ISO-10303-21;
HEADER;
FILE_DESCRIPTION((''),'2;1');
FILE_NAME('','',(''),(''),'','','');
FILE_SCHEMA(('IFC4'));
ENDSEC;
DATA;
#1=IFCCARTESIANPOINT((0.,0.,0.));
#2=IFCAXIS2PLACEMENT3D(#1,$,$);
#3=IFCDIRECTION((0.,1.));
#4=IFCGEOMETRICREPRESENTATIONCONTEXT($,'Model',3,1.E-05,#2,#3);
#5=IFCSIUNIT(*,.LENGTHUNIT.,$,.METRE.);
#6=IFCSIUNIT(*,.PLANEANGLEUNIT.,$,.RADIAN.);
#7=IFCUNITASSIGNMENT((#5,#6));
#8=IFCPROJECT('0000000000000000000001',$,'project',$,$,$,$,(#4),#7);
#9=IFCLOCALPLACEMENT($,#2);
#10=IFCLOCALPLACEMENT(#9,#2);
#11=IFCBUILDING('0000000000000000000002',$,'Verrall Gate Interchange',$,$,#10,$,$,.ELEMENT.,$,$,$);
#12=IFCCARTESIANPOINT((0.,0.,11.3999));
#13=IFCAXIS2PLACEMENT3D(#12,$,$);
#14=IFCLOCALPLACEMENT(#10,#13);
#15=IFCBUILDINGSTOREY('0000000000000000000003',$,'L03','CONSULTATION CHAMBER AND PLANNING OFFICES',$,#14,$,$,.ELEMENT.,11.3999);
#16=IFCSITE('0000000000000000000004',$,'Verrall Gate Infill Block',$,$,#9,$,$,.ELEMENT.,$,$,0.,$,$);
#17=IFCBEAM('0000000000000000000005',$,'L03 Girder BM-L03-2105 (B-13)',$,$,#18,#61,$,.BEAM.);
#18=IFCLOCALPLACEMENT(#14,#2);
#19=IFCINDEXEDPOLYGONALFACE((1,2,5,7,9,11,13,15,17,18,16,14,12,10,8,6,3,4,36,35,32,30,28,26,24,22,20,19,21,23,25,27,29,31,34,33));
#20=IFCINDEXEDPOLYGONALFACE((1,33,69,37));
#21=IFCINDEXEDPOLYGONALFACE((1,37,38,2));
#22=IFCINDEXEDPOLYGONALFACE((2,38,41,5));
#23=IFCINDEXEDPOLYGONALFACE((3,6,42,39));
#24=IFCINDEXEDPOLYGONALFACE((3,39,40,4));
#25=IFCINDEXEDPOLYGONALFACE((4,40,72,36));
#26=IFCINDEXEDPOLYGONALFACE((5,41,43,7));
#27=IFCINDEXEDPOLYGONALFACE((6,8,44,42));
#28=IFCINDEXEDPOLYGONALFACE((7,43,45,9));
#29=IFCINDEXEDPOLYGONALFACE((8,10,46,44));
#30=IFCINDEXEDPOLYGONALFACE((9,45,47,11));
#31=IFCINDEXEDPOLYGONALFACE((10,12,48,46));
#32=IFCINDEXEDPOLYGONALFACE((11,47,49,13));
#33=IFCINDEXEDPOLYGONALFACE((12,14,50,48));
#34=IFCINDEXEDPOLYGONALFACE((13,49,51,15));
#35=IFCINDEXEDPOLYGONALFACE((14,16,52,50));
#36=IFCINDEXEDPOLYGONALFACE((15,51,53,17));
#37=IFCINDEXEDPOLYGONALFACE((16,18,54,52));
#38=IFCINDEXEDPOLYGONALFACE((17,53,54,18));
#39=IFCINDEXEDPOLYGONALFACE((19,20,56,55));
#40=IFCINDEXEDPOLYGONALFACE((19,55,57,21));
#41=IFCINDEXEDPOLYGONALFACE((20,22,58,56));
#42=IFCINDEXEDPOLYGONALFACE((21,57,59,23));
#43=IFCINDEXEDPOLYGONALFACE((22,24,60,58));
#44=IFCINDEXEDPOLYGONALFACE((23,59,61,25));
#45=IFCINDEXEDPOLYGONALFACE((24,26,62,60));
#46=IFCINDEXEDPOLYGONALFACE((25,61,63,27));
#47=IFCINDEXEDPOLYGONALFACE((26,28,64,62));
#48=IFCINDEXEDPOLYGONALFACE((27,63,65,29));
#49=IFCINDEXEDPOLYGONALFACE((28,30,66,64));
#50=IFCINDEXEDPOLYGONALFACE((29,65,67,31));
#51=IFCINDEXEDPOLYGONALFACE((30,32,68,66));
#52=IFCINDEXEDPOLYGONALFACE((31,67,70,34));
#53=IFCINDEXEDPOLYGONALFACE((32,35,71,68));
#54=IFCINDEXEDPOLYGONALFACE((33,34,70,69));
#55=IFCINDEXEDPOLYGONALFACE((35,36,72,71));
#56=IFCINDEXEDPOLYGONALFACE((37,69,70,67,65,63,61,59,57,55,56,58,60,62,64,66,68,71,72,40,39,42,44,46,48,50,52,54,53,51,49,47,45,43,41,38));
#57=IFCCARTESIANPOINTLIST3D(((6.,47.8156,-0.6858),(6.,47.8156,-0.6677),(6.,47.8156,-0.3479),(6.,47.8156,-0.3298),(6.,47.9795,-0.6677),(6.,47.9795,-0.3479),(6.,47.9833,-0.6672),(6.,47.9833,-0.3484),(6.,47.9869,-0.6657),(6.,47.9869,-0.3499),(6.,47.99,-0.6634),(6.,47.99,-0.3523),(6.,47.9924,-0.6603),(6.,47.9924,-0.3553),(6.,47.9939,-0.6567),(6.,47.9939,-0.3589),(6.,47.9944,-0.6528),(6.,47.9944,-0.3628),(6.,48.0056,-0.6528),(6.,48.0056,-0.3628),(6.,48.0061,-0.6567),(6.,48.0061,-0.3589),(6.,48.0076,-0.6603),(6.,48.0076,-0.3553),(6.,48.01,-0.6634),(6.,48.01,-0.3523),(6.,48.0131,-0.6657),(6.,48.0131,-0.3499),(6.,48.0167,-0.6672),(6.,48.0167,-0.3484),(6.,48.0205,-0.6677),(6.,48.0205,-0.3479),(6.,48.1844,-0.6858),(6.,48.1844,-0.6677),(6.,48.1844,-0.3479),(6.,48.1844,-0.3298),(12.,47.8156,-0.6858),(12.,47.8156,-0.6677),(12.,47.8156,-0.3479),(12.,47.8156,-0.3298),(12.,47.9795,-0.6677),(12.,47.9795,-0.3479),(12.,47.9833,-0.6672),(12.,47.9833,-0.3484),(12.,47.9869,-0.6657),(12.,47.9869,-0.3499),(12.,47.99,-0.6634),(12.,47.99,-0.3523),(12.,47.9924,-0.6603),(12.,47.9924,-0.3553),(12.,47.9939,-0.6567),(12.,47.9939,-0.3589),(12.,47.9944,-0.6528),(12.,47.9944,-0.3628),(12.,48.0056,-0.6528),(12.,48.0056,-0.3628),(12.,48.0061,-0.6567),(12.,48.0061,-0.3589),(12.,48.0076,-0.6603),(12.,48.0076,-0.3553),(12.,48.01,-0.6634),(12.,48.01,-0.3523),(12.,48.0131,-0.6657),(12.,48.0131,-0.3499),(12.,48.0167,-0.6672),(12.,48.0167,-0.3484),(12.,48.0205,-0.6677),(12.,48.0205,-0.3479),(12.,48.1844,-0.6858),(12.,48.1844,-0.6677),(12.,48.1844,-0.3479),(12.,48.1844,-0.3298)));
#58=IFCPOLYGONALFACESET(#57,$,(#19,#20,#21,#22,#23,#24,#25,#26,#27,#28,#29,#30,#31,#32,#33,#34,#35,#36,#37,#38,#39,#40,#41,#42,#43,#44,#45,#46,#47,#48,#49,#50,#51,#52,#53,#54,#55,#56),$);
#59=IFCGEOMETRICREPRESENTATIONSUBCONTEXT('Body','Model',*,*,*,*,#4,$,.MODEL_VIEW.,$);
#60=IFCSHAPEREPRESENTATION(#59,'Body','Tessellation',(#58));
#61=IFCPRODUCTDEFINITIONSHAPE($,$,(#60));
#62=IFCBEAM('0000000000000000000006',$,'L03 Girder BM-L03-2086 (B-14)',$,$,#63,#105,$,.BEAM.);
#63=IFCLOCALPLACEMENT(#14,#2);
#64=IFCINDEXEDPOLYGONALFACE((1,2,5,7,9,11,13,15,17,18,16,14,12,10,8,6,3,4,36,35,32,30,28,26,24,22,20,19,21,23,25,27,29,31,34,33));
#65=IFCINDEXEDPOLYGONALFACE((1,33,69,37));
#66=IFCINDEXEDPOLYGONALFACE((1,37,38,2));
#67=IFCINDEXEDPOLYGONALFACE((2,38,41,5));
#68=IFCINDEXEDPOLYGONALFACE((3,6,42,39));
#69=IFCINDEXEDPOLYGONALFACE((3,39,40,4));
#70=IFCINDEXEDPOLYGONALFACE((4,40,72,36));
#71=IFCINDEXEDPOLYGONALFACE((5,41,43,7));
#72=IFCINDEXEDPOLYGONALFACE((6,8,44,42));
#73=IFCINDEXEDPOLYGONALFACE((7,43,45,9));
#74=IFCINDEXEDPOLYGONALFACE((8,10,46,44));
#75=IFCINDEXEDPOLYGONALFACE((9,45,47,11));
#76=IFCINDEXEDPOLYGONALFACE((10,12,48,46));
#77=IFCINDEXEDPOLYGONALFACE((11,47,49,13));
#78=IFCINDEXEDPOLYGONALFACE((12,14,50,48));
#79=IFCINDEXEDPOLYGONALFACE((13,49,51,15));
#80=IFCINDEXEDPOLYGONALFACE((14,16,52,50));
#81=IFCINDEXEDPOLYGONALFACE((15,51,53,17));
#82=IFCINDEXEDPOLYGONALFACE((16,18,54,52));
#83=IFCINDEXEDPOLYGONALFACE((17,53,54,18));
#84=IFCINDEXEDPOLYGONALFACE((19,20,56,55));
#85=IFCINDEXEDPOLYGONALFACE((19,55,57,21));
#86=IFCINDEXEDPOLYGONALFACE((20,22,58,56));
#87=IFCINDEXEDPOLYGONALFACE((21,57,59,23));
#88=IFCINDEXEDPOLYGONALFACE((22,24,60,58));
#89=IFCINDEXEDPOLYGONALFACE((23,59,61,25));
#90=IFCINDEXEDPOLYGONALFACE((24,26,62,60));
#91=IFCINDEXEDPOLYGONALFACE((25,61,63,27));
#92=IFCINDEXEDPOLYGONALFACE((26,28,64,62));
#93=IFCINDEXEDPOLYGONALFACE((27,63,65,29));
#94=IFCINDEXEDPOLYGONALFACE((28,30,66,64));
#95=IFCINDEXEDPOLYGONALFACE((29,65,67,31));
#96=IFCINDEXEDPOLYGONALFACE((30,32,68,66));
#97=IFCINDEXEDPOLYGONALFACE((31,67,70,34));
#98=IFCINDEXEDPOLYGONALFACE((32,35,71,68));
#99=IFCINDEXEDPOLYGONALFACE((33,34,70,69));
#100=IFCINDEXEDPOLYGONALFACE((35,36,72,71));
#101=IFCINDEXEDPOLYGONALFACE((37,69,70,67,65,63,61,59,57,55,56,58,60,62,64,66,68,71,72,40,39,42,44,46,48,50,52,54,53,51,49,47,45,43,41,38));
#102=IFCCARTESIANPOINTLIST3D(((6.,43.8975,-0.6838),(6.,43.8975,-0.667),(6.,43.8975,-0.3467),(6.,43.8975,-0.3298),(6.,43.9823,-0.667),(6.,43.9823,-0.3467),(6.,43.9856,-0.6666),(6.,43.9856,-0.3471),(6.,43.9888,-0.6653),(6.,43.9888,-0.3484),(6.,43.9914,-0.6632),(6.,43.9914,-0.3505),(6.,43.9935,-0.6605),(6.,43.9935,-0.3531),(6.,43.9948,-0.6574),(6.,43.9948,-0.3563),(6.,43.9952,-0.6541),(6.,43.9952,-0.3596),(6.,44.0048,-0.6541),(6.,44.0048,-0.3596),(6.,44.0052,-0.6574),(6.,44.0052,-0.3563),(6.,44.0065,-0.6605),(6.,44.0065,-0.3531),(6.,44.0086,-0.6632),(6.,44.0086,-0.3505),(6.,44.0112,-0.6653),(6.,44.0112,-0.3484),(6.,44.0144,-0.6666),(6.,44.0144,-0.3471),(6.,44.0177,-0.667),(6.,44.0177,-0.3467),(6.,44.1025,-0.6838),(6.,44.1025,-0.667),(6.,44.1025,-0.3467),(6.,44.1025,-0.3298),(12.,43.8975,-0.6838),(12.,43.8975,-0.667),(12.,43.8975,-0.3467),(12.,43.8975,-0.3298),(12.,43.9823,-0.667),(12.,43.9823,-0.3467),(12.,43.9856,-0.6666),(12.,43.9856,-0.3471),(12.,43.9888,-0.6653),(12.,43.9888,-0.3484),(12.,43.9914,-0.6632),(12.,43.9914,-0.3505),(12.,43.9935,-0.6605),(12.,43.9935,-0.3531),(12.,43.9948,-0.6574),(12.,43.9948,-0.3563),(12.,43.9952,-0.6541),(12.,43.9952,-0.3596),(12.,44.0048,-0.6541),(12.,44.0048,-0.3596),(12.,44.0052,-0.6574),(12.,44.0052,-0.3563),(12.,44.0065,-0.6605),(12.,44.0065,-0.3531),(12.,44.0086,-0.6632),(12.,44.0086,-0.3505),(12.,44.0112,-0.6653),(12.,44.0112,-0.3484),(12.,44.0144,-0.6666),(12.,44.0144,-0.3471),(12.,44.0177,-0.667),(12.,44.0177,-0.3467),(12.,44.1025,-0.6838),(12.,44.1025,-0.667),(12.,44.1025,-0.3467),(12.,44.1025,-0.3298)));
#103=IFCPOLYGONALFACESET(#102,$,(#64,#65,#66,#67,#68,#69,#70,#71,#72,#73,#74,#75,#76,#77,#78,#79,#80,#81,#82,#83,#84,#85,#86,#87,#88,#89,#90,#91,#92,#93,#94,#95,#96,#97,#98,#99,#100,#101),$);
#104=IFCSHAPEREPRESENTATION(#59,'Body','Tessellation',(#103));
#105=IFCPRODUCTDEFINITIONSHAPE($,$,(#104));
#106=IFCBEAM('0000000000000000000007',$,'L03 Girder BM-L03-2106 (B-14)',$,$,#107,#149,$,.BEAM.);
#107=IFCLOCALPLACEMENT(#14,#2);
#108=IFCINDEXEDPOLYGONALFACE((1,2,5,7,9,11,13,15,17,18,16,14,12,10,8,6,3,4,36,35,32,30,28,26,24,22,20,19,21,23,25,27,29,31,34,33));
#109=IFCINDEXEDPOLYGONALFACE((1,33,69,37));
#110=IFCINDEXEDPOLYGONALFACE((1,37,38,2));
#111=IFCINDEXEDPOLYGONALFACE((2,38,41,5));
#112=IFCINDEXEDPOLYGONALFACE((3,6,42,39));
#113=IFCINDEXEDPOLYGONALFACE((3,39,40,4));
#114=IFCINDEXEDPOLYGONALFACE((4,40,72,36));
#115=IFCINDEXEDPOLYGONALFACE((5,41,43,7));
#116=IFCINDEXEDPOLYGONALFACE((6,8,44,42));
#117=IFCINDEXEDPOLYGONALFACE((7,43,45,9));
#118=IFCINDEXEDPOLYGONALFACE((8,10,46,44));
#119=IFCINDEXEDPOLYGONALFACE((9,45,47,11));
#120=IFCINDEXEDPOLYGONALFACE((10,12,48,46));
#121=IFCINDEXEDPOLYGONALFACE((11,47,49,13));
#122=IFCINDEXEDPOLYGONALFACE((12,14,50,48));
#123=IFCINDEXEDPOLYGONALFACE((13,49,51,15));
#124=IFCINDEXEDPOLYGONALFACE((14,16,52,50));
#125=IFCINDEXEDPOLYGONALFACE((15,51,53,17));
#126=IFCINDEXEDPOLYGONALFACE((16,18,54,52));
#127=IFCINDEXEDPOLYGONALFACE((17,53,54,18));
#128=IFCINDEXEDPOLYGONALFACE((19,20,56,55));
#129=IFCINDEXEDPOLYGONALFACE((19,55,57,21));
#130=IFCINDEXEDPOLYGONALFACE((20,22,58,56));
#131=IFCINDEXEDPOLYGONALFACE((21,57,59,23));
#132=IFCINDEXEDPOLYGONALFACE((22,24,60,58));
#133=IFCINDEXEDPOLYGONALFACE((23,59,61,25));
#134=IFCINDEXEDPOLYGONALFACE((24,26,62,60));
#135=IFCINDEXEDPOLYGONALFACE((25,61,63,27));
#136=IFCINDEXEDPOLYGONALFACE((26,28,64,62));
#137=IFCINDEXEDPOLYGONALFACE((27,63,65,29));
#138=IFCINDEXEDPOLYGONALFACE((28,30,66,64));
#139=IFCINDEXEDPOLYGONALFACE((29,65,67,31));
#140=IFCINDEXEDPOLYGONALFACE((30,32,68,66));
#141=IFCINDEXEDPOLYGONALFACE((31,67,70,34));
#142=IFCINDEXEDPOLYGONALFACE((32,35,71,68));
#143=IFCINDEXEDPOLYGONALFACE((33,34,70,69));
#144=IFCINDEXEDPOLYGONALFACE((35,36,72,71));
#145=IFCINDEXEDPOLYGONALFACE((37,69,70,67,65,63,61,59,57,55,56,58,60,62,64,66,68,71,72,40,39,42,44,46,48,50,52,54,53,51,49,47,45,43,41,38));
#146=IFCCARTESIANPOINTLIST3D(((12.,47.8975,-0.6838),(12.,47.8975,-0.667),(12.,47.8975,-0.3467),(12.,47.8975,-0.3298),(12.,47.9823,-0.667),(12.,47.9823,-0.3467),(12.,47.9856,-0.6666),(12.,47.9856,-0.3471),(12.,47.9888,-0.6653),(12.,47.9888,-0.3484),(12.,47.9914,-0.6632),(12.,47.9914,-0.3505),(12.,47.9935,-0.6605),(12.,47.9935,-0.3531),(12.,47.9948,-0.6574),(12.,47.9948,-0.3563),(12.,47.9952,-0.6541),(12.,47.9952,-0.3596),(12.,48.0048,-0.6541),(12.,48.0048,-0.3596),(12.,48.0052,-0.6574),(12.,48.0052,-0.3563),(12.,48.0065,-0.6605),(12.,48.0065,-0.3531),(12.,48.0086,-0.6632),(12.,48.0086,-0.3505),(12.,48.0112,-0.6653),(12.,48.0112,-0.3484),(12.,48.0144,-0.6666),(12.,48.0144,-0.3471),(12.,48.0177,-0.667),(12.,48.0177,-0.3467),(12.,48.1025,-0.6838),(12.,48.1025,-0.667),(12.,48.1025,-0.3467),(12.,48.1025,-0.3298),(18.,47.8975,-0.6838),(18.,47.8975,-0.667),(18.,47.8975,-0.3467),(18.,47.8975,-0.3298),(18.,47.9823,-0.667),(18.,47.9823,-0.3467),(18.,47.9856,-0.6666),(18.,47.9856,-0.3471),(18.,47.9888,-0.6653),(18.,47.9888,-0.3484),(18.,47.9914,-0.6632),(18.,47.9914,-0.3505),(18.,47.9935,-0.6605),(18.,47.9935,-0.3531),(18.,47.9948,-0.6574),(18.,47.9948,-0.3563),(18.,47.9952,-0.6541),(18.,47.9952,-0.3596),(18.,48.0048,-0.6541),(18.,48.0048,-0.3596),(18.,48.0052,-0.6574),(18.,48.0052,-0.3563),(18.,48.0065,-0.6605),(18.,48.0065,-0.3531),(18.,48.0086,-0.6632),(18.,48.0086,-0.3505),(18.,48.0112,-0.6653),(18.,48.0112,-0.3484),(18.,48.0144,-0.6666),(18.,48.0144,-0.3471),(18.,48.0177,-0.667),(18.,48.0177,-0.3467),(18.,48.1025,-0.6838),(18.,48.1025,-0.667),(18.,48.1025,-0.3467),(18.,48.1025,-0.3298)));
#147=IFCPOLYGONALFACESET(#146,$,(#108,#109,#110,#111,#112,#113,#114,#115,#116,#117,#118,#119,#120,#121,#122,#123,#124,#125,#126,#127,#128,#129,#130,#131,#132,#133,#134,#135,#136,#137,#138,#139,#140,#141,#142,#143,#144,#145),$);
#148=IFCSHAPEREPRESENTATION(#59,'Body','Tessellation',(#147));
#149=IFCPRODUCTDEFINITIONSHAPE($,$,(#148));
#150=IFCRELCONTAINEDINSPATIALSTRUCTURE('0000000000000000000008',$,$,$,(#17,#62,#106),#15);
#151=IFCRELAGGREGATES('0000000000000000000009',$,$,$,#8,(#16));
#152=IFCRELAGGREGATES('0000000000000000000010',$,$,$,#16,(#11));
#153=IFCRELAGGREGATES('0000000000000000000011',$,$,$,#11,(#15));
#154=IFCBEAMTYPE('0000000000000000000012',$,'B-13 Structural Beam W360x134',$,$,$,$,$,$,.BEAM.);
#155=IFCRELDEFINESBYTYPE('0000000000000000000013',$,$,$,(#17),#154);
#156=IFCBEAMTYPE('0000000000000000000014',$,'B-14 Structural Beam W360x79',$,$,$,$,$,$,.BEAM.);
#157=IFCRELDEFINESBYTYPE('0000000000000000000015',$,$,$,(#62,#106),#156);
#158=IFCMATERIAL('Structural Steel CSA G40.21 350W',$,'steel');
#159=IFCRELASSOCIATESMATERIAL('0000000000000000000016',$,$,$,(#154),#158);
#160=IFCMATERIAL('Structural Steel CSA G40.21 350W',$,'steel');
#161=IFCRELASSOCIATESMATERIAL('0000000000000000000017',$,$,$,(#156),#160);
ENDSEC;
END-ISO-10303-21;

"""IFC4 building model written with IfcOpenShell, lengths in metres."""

from ifc_helpers import new_model, si_unit, direction, frame, origin, origin_2d, place, context, subcontext, project, spatial, i_section, extrude, material, material_profile, profile_set, type_object, element, save


model = new_model("IFC4")

# Units and contexts
model_context = context("Model", 3, precision=1e-05, world=origin(), true_north=direction((0.0, 1.0)))
body_context = subcontext(model_context, "Body", "Model", "MODEL_VIEW")
ifc_project = project(units=[si_unit("LENGTHUNIT", "METRE"), si_unit("PLANEANGLEUNIT", "RADIAN")], contexts=[model_context])

# Site, building, storey
site_placement = place(None, origin())
site = spatial("IfcSite", under=ifc_project, at=site_placement, Name="Verrall Gate Infill Block", CompositionType="ELEMENT", RefElevation=0.0)
building_placement = place(site_placement, origin())
building = spatial("IfcBuilding", under=site, at=building_placement, Name="Verrall Gate Interchange", CompositionType="ELEMENT")
storey_placement = place(building_placement, frame((0.0, 0.0, 11.3999)))
storey = spatial("IfcBuildingStorey", under=building, at=storey_placement, Name="L03", Description="CONSULTATION CHAMBER AND PLANNING OFFICES", CompositionType="ELEMENT", Elevation=11.3999)

# Beams
ifc_material_1 = material(Name="Structural Steel CSA G40.21 350W", Category="steel")
ifc_material_profile_1 = material_profile(ifc_material_1, i_section(OverallWidth=0.3689, OverallDepth=0.356, WebThickness=0.0112, FlangeThickness=0.0181, FilletRadius=0.0149, at=origin_2d()), Name="W360x134")
ifc_profile_set_1 = profile_set([ifc_material_profile_1], Name="Structural Steel CSA G40.21 350W")
beam_type_1 = type_object("IfcBeamType", Name="B-13 Structural Beam W360x134", PredefinedType="BEAM", material=ifc_profile_set_1)
for number, where, z_axis, x_axis, name in (
    (1, (6.0, 48.0, -0.5078), (1.0, 0.0, 0.0), (0.0, 1.0, 0.0), "L03 Girder BM-L03-2105 (B-13)"),
):
    element("IfcBeam", number, at=place(storey_placement, frame(where, z_axis=z_axis, x_axis=x_axis)), inside=storey, type_object=beam_type_1, Name=name, PredefinedType="BEAM", context=body_context, shape_type="SweptSolid", body=[
        extrude(i_section(OverallWidth=0.3689, OverallDepth=0.356, WebThickness=0.0112, FlangeThickness=0.0181, FilletRadius=0.0149, at=origin_2d()), origin(), (0.0, 0.0, 1.0), 6.0),
    ])
ifc_material_2 = material(Name="Structural Steel CSA G40.21 350W", Category="steel")
ifc_material_profile_2 = material_profile(ifc_material_2, i_section(OverallWidth=0.2051, OverallDepth=0.354, WebThickness=0.0095, FlangeThickness=0.0168, FilletRadius=0.0129, at=origin_2d()), Name="W360x79")
ifc_profile_set_2 = profile_set([ifc_material_profile_2], Name="Structural Steel CSA G40.21 350W")
beam_type_2 = type_object("IfcBeamType", Name="B-14 Structural Beam W360x79", PredefinedType="BEAM", material=ifc_profile_set_2)
for number, where, z_axis, x_axis, name in (
    (2, (6.0, 44.0, -0.5068), (1.0, 0.0, 0.0), (0.0, 1.0, 0.0), "L03 Girder BM-L03-2086 (B-14)"),
    (3, (12.0, 48.0, -0.5068), (1.0, 0.0, 0.0), (0.0, 1.0, 0.0), "L03 Girder BM-L03-2106 (B-14)"),
):
    element("IfcBeam", number, at=place(storey_placement, frame(where, z_axis=z_axis, x_axis=x_axis)), inside=storey, type_object=beam_type_2, Name=name, PredefinedType="BEAM", context=body_context, shape_type="SweptSolid", body=[
        extrude(i_section(OverallWidth=0.2051, OverallDepth=0.354, WebThickness=0.0095, FlangeThickness=0.0168, FilletRadius=0.0129, at=origin_2d()), origin(), (0.0, 0.0, 1.0), 6.0),
    ])

save(model, "model.ifc")
